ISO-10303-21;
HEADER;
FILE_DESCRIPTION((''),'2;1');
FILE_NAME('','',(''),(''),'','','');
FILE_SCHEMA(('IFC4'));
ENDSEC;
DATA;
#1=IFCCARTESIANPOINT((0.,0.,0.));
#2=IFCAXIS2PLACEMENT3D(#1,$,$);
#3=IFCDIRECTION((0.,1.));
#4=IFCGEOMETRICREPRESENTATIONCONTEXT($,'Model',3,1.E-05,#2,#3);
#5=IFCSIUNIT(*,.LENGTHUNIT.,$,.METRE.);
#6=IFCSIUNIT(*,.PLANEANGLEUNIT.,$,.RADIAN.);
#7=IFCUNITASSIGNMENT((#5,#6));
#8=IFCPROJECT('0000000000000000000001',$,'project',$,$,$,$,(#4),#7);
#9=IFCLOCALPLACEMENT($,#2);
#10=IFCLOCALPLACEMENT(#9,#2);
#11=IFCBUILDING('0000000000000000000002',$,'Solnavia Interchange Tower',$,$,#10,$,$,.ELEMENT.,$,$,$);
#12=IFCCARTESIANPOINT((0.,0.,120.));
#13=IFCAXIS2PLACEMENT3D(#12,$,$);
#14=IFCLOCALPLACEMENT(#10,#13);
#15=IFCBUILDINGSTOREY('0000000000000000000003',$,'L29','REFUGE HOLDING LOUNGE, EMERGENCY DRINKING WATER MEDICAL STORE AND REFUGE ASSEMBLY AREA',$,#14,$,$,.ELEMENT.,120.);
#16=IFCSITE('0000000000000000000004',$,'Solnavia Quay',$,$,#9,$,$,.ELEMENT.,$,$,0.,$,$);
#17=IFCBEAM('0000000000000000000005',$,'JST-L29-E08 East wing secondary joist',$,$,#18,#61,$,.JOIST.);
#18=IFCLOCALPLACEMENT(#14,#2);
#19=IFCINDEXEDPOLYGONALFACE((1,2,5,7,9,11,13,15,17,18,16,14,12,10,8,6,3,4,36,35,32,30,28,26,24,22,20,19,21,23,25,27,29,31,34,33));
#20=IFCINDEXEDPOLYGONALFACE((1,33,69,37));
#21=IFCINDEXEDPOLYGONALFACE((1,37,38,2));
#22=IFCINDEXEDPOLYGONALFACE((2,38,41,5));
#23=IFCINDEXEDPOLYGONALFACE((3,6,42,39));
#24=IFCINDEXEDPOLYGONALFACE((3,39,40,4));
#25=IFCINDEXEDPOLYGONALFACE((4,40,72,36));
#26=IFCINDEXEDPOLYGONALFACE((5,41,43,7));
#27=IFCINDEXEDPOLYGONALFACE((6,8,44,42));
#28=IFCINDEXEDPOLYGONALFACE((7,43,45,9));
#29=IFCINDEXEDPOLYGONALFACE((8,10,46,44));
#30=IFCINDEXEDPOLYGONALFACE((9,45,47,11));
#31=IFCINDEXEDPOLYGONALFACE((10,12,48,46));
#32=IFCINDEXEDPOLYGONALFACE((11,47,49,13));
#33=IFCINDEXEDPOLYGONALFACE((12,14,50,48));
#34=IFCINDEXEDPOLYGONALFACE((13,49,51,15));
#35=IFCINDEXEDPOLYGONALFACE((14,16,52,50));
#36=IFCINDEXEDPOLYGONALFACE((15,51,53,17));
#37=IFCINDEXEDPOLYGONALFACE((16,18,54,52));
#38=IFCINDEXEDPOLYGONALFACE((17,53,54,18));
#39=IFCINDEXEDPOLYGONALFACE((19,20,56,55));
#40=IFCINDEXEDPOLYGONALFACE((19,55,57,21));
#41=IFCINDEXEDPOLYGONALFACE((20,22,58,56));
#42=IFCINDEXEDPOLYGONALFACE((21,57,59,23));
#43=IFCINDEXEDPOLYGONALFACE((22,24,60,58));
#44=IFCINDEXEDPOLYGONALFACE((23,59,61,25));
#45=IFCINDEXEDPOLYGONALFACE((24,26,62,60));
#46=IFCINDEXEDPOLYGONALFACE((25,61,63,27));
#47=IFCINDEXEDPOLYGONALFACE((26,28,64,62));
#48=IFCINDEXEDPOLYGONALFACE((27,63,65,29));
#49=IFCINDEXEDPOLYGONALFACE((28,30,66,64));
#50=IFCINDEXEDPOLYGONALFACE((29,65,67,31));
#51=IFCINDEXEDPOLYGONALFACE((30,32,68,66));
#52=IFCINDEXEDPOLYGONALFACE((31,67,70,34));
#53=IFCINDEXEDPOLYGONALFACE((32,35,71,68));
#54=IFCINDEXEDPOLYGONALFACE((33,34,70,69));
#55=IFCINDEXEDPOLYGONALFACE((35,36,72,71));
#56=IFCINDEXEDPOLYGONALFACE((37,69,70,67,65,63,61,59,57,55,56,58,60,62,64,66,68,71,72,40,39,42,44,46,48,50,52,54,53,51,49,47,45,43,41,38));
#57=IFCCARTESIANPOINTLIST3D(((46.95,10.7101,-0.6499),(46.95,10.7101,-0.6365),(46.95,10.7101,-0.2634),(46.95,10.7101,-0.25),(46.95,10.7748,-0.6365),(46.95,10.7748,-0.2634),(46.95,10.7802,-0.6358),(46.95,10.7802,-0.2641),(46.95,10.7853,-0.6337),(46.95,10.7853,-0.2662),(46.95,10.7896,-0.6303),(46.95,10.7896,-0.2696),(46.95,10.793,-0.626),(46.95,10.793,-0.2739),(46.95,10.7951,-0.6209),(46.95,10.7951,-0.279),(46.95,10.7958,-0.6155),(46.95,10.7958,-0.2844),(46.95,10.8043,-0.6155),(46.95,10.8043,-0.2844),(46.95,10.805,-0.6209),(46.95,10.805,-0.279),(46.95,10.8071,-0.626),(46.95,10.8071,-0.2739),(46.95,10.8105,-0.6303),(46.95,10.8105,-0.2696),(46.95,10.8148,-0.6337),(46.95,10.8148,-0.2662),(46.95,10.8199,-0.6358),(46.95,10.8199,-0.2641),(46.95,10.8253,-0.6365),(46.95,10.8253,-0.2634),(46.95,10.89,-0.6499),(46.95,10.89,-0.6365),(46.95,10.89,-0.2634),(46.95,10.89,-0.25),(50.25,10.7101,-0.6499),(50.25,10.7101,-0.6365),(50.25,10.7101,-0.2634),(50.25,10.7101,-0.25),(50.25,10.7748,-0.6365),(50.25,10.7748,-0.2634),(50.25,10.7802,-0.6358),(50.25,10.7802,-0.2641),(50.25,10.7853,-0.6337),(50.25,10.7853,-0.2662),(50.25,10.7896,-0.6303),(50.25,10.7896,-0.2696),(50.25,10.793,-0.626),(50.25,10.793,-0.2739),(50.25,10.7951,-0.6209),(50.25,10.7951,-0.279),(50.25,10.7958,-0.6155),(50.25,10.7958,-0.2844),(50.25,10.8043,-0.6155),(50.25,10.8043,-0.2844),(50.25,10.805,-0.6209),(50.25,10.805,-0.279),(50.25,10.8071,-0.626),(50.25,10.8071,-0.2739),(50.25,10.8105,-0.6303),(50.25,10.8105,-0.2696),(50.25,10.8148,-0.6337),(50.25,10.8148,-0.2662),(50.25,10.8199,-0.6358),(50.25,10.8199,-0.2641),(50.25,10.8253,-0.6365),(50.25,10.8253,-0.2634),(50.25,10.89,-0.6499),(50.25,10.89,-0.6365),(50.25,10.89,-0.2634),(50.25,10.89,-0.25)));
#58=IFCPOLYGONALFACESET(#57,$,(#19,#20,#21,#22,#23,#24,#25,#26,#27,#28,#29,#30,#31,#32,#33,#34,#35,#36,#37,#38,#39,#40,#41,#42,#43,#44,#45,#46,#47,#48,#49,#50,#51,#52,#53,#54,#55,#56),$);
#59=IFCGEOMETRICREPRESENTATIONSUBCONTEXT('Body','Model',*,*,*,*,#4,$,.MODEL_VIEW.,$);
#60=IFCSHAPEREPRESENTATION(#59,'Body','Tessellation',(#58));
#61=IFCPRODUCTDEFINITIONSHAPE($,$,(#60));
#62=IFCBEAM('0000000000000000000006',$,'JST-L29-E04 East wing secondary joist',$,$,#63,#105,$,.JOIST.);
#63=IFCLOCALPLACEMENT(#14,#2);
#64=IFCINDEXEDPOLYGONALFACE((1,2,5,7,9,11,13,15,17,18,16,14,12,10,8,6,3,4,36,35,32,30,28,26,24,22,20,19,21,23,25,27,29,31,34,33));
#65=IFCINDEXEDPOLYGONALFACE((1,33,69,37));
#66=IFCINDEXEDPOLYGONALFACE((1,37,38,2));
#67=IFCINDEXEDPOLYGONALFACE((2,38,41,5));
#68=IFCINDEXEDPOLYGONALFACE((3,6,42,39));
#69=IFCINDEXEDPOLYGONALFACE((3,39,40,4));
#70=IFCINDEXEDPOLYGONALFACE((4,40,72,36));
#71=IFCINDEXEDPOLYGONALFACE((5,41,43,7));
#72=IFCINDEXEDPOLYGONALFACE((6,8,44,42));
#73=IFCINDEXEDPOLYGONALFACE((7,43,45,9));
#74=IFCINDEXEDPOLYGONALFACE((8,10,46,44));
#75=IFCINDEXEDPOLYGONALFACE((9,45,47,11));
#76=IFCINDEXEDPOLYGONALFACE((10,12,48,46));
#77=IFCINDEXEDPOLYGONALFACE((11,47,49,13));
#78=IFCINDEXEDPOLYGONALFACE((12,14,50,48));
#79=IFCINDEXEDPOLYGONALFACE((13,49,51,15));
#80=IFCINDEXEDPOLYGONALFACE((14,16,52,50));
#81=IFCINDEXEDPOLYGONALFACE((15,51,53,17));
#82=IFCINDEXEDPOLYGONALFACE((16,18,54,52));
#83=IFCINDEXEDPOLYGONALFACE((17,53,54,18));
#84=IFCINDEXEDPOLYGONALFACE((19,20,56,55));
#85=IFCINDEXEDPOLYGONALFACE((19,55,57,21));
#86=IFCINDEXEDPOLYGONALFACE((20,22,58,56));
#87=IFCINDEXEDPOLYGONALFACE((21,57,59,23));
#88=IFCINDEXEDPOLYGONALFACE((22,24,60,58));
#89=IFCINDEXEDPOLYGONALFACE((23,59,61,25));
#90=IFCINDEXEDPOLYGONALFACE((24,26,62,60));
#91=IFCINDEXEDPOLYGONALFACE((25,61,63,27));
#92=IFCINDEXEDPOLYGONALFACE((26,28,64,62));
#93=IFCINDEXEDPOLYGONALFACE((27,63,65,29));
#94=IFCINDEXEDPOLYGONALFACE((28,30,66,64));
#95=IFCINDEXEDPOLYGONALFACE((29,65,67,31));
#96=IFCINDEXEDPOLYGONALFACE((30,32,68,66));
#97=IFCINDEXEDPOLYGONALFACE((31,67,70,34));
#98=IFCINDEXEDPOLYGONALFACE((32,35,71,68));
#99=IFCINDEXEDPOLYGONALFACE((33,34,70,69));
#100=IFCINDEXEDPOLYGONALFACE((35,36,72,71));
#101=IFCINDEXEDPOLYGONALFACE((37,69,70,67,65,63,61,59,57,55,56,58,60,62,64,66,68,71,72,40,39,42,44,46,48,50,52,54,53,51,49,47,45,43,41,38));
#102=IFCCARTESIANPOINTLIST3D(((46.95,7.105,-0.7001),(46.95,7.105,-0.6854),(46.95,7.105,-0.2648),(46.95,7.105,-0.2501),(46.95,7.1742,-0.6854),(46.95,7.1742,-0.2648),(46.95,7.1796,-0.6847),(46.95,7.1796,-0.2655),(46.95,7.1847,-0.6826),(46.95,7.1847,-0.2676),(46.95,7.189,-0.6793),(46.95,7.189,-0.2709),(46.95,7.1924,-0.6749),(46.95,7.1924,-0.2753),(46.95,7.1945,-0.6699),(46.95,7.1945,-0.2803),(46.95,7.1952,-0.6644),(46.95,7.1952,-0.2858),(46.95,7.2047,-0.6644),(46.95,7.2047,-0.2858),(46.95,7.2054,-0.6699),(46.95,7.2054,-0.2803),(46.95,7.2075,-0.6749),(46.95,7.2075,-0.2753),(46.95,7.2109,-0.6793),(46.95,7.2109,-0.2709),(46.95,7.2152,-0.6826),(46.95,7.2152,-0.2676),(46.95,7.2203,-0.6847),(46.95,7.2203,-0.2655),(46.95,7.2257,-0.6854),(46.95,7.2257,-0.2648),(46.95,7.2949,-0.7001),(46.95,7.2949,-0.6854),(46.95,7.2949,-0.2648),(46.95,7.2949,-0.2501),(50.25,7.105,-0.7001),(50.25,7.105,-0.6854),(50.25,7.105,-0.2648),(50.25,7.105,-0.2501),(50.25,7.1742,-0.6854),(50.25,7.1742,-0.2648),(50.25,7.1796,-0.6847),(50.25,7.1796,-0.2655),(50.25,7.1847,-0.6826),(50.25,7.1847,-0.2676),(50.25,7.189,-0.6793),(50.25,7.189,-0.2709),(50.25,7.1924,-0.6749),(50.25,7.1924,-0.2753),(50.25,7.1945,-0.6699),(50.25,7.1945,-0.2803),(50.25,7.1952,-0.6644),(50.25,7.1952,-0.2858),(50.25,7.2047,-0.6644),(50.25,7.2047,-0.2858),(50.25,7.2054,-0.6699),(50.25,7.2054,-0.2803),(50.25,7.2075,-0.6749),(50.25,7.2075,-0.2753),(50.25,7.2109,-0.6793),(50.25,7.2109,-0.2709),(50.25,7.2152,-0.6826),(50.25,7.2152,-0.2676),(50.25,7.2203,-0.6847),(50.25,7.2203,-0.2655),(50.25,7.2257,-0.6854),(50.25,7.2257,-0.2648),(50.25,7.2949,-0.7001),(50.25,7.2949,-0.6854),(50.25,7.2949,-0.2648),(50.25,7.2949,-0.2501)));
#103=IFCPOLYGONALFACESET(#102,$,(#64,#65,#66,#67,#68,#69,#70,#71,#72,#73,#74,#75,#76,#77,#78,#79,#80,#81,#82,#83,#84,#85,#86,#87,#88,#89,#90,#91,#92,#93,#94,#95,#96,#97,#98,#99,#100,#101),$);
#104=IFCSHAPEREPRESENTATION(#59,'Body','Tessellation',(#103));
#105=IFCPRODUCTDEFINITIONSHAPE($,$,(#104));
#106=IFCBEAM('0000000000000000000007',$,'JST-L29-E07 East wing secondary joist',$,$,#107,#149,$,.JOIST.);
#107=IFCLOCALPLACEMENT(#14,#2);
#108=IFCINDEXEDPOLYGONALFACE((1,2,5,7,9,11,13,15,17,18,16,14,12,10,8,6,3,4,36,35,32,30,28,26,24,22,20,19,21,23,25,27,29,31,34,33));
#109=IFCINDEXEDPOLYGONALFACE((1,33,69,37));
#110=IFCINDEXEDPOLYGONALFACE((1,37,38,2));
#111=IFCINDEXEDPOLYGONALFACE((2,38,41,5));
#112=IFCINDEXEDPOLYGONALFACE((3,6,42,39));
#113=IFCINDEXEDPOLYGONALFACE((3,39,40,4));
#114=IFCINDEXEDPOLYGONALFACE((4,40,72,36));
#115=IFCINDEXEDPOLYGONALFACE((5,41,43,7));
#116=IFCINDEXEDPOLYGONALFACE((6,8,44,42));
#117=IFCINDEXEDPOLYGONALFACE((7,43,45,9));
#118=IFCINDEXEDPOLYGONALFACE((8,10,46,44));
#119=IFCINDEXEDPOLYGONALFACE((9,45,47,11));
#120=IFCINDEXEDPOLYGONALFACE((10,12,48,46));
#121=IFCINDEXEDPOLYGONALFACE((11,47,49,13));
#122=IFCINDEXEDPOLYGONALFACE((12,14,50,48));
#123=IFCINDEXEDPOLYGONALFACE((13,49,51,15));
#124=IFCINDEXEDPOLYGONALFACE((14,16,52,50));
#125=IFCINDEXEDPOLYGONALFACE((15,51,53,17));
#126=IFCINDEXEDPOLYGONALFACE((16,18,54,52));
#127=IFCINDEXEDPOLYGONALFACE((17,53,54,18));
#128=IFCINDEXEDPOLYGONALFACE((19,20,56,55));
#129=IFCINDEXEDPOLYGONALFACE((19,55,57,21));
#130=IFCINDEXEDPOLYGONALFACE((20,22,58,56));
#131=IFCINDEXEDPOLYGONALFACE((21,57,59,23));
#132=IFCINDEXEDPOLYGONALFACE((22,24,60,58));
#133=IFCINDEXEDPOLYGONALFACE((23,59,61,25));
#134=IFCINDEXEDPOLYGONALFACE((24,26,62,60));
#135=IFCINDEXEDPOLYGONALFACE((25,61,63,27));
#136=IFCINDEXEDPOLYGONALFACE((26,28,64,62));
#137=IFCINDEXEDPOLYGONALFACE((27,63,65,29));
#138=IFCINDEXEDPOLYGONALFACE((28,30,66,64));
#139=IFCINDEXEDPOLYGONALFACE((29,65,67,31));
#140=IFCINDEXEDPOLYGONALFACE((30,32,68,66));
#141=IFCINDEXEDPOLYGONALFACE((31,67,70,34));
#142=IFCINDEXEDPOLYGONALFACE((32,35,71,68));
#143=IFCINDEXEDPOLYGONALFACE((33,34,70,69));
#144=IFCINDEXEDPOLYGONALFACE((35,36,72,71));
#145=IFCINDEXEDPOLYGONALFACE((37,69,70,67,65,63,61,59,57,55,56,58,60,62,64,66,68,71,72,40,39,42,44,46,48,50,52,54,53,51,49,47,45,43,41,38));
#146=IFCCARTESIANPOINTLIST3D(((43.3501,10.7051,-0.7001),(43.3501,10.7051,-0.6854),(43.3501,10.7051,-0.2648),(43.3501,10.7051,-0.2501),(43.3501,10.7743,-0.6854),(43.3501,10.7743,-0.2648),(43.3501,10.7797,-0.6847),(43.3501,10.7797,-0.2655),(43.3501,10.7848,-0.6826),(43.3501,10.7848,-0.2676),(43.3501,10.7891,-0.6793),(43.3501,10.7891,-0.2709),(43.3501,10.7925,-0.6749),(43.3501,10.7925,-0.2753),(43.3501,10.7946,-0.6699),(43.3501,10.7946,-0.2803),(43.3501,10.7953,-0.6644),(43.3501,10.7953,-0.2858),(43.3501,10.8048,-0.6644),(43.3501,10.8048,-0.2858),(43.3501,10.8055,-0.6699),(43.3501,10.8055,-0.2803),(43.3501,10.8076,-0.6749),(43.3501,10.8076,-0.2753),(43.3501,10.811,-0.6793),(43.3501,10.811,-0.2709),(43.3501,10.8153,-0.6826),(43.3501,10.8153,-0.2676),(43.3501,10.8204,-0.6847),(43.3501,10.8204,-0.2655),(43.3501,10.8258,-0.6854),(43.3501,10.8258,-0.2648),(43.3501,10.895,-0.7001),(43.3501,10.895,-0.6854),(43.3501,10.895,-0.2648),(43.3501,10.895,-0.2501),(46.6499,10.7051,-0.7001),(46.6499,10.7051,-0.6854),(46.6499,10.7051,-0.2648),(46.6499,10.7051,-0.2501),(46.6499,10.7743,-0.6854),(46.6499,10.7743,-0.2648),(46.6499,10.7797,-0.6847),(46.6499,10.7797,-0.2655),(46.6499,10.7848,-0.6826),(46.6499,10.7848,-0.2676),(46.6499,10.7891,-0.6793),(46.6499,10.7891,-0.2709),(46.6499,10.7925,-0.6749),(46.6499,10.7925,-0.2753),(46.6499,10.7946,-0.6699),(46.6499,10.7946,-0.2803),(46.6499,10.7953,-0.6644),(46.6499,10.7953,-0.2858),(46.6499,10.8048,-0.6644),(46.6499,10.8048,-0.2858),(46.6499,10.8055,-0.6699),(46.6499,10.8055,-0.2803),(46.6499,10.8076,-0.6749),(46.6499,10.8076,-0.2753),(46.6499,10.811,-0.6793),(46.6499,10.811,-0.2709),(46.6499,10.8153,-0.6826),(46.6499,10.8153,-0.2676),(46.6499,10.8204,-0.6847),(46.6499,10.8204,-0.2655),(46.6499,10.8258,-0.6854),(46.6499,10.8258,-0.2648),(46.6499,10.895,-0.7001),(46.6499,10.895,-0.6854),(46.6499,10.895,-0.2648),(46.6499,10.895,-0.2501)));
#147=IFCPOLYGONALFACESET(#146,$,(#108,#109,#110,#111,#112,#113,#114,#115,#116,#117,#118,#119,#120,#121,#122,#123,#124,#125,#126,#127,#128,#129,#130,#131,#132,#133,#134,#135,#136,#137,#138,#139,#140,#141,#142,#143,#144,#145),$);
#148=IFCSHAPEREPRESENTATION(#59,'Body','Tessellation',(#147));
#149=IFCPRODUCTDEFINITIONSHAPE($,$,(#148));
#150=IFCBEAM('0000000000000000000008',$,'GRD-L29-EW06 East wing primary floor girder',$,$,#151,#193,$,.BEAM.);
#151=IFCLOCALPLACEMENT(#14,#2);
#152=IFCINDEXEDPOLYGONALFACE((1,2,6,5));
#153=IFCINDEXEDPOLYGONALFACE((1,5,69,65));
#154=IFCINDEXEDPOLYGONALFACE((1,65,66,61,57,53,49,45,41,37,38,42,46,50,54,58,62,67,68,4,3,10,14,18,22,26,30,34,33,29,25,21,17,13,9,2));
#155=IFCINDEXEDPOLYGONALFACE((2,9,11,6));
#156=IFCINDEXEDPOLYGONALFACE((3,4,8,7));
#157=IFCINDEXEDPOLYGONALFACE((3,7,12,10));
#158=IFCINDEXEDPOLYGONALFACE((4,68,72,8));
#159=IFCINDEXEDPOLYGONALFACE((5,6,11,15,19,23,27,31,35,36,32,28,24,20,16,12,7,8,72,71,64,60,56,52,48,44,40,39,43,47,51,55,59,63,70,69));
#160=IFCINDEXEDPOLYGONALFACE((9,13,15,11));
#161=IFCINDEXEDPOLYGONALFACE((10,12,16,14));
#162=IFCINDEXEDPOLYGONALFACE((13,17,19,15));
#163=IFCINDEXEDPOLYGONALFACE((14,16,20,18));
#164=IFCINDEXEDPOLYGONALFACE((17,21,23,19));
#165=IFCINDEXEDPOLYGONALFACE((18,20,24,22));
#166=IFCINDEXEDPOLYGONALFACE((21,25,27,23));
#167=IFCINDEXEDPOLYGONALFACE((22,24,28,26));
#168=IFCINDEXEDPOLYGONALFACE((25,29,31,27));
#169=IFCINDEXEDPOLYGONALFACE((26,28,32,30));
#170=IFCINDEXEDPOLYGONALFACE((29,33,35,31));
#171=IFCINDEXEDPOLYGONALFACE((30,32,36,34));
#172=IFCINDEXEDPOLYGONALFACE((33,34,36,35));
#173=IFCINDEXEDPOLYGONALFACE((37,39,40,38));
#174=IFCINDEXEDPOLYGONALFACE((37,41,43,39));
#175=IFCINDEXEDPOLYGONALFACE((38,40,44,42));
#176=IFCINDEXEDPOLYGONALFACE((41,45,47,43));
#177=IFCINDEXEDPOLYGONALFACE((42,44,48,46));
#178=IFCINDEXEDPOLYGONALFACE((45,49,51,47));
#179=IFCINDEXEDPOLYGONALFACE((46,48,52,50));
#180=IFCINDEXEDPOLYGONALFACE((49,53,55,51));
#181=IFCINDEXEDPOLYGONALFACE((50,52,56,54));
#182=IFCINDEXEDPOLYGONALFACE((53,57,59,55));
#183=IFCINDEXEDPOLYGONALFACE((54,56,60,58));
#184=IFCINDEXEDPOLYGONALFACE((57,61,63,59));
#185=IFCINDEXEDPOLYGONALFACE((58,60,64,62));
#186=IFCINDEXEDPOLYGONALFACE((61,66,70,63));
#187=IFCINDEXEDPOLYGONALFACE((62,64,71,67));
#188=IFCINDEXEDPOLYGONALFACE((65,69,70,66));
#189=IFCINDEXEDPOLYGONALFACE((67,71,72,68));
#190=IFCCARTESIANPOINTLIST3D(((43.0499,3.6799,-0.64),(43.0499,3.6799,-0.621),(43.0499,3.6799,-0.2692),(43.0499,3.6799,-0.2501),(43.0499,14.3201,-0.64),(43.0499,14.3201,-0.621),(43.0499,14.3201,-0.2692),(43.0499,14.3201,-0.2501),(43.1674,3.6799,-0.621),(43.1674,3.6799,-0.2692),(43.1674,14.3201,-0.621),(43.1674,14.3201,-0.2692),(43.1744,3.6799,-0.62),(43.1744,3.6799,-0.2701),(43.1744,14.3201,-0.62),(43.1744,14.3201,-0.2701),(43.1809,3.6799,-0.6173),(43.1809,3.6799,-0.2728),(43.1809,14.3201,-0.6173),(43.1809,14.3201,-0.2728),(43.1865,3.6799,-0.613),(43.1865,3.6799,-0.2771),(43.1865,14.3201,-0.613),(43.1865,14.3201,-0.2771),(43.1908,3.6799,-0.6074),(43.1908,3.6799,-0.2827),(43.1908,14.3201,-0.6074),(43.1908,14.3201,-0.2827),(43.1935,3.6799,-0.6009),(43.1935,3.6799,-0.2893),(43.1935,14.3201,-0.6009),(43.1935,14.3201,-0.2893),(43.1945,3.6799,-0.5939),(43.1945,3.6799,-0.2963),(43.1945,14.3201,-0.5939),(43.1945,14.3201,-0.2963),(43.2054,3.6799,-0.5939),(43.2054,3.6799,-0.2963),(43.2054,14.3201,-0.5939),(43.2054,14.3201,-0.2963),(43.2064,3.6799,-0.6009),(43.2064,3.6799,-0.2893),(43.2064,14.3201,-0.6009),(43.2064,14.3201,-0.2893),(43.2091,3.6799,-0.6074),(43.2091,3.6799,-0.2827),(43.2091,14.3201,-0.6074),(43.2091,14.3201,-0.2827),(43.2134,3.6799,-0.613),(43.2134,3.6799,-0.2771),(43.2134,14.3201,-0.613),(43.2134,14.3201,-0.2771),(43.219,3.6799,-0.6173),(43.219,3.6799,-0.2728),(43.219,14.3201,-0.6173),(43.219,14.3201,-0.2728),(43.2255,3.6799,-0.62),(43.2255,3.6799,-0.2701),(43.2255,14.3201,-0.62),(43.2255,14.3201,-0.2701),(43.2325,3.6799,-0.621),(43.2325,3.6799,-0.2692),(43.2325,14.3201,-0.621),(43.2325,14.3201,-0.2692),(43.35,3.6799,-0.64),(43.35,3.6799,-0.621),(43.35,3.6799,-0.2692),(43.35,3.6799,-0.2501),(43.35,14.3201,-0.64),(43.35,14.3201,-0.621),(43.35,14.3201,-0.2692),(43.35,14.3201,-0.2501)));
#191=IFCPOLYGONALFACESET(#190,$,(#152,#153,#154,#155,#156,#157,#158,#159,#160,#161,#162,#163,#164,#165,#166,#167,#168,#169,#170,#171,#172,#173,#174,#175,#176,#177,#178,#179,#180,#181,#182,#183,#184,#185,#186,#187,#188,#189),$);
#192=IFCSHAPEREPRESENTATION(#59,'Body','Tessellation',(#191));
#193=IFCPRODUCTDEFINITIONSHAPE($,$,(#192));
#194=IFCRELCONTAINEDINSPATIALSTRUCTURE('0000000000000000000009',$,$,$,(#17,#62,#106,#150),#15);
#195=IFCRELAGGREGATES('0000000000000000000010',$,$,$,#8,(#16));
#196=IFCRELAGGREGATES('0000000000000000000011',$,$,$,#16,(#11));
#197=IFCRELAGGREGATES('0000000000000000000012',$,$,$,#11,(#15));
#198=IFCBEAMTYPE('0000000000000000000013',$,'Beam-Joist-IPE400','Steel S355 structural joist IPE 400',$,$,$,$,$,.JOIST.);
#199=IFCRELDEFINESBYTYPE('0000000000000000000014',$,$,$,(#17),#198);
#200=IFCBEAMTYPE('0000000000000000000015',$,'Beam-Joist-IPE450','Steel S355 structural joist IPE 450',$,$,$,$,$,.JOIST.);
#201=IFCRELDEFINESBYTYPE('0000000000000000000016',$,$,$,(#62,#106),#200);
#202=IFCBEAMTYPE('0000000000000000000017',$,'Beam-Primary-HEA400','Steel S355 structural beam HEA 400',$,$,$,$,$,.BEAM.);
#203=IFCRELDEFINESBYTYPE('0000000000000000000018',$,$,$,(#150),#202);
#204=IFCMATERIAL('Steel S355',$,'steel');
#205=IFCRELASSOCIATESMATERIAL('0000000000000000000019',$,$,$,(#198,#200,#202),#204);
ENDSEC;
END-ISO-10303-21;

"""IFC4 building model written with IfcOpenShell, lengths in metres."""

from ifc_helpers import new_model, si_unit, direction, frame, origin, origin_2d, place, context, subcontext, project, spatial, i_section, extrude, material, material_profile, profile_set, type_object, element, save


model = new_model("IFC4")

# Units and contexts
model_context = context("Model", 3, precision=1e-05, world=origin(), true_north=direction((0.0, 1.0)))
body_context = subcontext(model_context, "Body", "Model", "MODEL_VIEW")
ifc_project = project(units=[si_unit("LENGTHUNIT", "METRE"), si_unit("PLANEANGLEUNIT", "RADIAN")], contexts=[model_context])

# Site, building, storey
site_placement = place(None, origin())
site = spatial("IfcSite", under=ifc_project, at=site_placement, Name="Solnavia Quay", CompositionType="ELEMENT", RefElevation=0.0)
building_placement = place(site_placement, origin())
building = spatial("IfcBuilding", under=site, at=building_placement, Name="Solnavia Interchange Tower", CompositionType="ELEMENT")
storey_placement = place(building_placement, frame((0.0, 0.0, 120.0)))
storey = spatial("IfcBuildingStorey", under=building, at=storey_placement, Name="L29", Description="REFUGE HOLDING LOUNGE, EMERGENCY DRINKING WATER MEDICAL STORE AND REFUGE ASSEMBLY AREA", CompositionType="ELEMENT", Elevation=120.0)

# Shared definitions
ifc_material_1 = material(Name="Steel S355", Category="steel")

# Beams
ifc_material_profile_1 = material_profile(ifc_material_1, i_section(OverallWidth=0.1799, OverallDepth=0.3999, WebThickness=0.0085, FlangeThickness=0.0134, FilletRadius=0.021, at=origin_2d()), Name="IPE 400")
ifc_profile_set_1 = profile_set([ifc_material_profile_1], Name="Steel S355")
beam_type_1 = type_object("IfcBeamType", Name="Beam-Joist-IPE400", Description="Steel S355 structural joist IPE 400", PredefinedType="JOIST", material=ifc_profile_set_1)
beam_1_placement = place(storey_placement, frame((46.95, 10.8, -0.45), z_axis=(1.0, 0.0, 0.0), x_axis=(0.0, 1.0, 0.0)))
element("IfcBeam", 1, at=beam_1_placement, inside=storey, type_object=beam_type_1, Name="JST-L29-E08 East wing secondary joist", PredefinedType="JOIST", context=body_context, shape_type="SweptSolid", body=[
    extrude(i_section(OverallWidth=0.1799, OverallDepth=0.3999, WebThickness=0.0085, FlangeThickness=0.0134, FilletRadius=0.021, at=origin_2d()), origin(), (0.0, 0.0, 1.0), 3.3),
])
ifc_material_profile_2 = material_profile(ifc_material_1, i_section(OverallWidth=0.1899, OverallDepth=0.45, WebThickness=0.0095, FlangeThickness=0.0146, FilletRadius=0.021, at=origin_2d()), Name="IPE 450")
ifc_profile_set_2 = profile_set([ifc_material_profile_2], Name="Steel S355")
beam_type_2 = type_object("IfcBeamType", Name="Beam-Joist-IPE450", Description="Steel S355 structural joist IPE 450", PredefinedType="JOIST", material=ifc_profile_set_2)
beam_2_placement = place(storey_placement, frame((46.95, 7.2, -0.4751), z_axis=(1.0, 0.0, 0.0), x_axis=(0.0, 1.0, 0.0)))
element("IfcBeam", 2, at=beam_2_placement, inside=storey, type_object=beam_type_2, Name="JST-L29-E04 East wing secondary joist", PredefinedType="JOIST", context=body_context, shape_type="SweptSolid", body=[
    extrude(i_section(OverallWidth=0.1899, OverallDepth=0.45, WebThickness=0.0095, FlangeThickness=0.0146, FilletRadius=0.021, at=origin_2d()), origin(), (0.0, 0.0, 1.0), 3.3),
])
beam_3_placement = place(storey_placement, frame((43.3501, 10.8, -0.4751), z_axis=(1.0, 0.0, 0.0), x_axis=(0.0, 1.0, 0.0)))
element("IfcBeam", 3, at=beam_3_placement, inside=storey, type_object=beam_type_2, Name="JST-L29-E07 East wing secondary joist", PredefinedType="JOIST", context=body_context, shape_type="SweptSolid", body=[
    extrude(i_section(OverallWidth=0.1899, OverallDepth=0.45, WebThickness=0.0095, FlangeThickness=0.0146, FilletRadius=0.021, at=origin_2d()), origin(), (0.0, 0.0, 1.0), 3.2998),
])
ifc_material_profile_3 = material_profile(ifc_material_1, i_section(OverallWidth=0.3, OverallDepth=0.3899, WebThickness=0.011, FlangeThickness=0.019, FilletRadius=0.0271, at=origin_2d()), Name="HEA 400")
ifc_profile_set_3 = profile_set([ifc_material_profile_3], Name="Steel S355")
beam_type_3 = type_object("IfcBeamType", Name="Beam-Primary-HEA400", Description="Steel S355 structural beam HEA 400", PredefinedType="BEAM", material=ifc_profile_set_3)
for number, where, z_axis, x_axis, name in (
    (4, (43.2, 3.6799, -0.4451), (0.0, 1.0, 0.0), (-1.0, 0.0, 0.0), "GRD-L29-EW06 East wing primary floor girder"),
):
    element("IfcBeam", number, at=place(storey_placement, frame(where, z_axis=z_axis, x_axis=x_axis)), inside=storey, type_object=beam_type_3, Name=name, PredefinedType="BEAM", context=body_context, shape_type="SweptSolid", body=[
        extrude(i_section(OverallWidth=0.3, OverallDepth=0.3899, WebThickness=0.011, FlangeThickness=0.019, FilletRadius=0.0271, at=origin_2d()), origin(), (0.0, 0.0, 1.0), 10.6401),
    ])

save(model, "model.ifc")
